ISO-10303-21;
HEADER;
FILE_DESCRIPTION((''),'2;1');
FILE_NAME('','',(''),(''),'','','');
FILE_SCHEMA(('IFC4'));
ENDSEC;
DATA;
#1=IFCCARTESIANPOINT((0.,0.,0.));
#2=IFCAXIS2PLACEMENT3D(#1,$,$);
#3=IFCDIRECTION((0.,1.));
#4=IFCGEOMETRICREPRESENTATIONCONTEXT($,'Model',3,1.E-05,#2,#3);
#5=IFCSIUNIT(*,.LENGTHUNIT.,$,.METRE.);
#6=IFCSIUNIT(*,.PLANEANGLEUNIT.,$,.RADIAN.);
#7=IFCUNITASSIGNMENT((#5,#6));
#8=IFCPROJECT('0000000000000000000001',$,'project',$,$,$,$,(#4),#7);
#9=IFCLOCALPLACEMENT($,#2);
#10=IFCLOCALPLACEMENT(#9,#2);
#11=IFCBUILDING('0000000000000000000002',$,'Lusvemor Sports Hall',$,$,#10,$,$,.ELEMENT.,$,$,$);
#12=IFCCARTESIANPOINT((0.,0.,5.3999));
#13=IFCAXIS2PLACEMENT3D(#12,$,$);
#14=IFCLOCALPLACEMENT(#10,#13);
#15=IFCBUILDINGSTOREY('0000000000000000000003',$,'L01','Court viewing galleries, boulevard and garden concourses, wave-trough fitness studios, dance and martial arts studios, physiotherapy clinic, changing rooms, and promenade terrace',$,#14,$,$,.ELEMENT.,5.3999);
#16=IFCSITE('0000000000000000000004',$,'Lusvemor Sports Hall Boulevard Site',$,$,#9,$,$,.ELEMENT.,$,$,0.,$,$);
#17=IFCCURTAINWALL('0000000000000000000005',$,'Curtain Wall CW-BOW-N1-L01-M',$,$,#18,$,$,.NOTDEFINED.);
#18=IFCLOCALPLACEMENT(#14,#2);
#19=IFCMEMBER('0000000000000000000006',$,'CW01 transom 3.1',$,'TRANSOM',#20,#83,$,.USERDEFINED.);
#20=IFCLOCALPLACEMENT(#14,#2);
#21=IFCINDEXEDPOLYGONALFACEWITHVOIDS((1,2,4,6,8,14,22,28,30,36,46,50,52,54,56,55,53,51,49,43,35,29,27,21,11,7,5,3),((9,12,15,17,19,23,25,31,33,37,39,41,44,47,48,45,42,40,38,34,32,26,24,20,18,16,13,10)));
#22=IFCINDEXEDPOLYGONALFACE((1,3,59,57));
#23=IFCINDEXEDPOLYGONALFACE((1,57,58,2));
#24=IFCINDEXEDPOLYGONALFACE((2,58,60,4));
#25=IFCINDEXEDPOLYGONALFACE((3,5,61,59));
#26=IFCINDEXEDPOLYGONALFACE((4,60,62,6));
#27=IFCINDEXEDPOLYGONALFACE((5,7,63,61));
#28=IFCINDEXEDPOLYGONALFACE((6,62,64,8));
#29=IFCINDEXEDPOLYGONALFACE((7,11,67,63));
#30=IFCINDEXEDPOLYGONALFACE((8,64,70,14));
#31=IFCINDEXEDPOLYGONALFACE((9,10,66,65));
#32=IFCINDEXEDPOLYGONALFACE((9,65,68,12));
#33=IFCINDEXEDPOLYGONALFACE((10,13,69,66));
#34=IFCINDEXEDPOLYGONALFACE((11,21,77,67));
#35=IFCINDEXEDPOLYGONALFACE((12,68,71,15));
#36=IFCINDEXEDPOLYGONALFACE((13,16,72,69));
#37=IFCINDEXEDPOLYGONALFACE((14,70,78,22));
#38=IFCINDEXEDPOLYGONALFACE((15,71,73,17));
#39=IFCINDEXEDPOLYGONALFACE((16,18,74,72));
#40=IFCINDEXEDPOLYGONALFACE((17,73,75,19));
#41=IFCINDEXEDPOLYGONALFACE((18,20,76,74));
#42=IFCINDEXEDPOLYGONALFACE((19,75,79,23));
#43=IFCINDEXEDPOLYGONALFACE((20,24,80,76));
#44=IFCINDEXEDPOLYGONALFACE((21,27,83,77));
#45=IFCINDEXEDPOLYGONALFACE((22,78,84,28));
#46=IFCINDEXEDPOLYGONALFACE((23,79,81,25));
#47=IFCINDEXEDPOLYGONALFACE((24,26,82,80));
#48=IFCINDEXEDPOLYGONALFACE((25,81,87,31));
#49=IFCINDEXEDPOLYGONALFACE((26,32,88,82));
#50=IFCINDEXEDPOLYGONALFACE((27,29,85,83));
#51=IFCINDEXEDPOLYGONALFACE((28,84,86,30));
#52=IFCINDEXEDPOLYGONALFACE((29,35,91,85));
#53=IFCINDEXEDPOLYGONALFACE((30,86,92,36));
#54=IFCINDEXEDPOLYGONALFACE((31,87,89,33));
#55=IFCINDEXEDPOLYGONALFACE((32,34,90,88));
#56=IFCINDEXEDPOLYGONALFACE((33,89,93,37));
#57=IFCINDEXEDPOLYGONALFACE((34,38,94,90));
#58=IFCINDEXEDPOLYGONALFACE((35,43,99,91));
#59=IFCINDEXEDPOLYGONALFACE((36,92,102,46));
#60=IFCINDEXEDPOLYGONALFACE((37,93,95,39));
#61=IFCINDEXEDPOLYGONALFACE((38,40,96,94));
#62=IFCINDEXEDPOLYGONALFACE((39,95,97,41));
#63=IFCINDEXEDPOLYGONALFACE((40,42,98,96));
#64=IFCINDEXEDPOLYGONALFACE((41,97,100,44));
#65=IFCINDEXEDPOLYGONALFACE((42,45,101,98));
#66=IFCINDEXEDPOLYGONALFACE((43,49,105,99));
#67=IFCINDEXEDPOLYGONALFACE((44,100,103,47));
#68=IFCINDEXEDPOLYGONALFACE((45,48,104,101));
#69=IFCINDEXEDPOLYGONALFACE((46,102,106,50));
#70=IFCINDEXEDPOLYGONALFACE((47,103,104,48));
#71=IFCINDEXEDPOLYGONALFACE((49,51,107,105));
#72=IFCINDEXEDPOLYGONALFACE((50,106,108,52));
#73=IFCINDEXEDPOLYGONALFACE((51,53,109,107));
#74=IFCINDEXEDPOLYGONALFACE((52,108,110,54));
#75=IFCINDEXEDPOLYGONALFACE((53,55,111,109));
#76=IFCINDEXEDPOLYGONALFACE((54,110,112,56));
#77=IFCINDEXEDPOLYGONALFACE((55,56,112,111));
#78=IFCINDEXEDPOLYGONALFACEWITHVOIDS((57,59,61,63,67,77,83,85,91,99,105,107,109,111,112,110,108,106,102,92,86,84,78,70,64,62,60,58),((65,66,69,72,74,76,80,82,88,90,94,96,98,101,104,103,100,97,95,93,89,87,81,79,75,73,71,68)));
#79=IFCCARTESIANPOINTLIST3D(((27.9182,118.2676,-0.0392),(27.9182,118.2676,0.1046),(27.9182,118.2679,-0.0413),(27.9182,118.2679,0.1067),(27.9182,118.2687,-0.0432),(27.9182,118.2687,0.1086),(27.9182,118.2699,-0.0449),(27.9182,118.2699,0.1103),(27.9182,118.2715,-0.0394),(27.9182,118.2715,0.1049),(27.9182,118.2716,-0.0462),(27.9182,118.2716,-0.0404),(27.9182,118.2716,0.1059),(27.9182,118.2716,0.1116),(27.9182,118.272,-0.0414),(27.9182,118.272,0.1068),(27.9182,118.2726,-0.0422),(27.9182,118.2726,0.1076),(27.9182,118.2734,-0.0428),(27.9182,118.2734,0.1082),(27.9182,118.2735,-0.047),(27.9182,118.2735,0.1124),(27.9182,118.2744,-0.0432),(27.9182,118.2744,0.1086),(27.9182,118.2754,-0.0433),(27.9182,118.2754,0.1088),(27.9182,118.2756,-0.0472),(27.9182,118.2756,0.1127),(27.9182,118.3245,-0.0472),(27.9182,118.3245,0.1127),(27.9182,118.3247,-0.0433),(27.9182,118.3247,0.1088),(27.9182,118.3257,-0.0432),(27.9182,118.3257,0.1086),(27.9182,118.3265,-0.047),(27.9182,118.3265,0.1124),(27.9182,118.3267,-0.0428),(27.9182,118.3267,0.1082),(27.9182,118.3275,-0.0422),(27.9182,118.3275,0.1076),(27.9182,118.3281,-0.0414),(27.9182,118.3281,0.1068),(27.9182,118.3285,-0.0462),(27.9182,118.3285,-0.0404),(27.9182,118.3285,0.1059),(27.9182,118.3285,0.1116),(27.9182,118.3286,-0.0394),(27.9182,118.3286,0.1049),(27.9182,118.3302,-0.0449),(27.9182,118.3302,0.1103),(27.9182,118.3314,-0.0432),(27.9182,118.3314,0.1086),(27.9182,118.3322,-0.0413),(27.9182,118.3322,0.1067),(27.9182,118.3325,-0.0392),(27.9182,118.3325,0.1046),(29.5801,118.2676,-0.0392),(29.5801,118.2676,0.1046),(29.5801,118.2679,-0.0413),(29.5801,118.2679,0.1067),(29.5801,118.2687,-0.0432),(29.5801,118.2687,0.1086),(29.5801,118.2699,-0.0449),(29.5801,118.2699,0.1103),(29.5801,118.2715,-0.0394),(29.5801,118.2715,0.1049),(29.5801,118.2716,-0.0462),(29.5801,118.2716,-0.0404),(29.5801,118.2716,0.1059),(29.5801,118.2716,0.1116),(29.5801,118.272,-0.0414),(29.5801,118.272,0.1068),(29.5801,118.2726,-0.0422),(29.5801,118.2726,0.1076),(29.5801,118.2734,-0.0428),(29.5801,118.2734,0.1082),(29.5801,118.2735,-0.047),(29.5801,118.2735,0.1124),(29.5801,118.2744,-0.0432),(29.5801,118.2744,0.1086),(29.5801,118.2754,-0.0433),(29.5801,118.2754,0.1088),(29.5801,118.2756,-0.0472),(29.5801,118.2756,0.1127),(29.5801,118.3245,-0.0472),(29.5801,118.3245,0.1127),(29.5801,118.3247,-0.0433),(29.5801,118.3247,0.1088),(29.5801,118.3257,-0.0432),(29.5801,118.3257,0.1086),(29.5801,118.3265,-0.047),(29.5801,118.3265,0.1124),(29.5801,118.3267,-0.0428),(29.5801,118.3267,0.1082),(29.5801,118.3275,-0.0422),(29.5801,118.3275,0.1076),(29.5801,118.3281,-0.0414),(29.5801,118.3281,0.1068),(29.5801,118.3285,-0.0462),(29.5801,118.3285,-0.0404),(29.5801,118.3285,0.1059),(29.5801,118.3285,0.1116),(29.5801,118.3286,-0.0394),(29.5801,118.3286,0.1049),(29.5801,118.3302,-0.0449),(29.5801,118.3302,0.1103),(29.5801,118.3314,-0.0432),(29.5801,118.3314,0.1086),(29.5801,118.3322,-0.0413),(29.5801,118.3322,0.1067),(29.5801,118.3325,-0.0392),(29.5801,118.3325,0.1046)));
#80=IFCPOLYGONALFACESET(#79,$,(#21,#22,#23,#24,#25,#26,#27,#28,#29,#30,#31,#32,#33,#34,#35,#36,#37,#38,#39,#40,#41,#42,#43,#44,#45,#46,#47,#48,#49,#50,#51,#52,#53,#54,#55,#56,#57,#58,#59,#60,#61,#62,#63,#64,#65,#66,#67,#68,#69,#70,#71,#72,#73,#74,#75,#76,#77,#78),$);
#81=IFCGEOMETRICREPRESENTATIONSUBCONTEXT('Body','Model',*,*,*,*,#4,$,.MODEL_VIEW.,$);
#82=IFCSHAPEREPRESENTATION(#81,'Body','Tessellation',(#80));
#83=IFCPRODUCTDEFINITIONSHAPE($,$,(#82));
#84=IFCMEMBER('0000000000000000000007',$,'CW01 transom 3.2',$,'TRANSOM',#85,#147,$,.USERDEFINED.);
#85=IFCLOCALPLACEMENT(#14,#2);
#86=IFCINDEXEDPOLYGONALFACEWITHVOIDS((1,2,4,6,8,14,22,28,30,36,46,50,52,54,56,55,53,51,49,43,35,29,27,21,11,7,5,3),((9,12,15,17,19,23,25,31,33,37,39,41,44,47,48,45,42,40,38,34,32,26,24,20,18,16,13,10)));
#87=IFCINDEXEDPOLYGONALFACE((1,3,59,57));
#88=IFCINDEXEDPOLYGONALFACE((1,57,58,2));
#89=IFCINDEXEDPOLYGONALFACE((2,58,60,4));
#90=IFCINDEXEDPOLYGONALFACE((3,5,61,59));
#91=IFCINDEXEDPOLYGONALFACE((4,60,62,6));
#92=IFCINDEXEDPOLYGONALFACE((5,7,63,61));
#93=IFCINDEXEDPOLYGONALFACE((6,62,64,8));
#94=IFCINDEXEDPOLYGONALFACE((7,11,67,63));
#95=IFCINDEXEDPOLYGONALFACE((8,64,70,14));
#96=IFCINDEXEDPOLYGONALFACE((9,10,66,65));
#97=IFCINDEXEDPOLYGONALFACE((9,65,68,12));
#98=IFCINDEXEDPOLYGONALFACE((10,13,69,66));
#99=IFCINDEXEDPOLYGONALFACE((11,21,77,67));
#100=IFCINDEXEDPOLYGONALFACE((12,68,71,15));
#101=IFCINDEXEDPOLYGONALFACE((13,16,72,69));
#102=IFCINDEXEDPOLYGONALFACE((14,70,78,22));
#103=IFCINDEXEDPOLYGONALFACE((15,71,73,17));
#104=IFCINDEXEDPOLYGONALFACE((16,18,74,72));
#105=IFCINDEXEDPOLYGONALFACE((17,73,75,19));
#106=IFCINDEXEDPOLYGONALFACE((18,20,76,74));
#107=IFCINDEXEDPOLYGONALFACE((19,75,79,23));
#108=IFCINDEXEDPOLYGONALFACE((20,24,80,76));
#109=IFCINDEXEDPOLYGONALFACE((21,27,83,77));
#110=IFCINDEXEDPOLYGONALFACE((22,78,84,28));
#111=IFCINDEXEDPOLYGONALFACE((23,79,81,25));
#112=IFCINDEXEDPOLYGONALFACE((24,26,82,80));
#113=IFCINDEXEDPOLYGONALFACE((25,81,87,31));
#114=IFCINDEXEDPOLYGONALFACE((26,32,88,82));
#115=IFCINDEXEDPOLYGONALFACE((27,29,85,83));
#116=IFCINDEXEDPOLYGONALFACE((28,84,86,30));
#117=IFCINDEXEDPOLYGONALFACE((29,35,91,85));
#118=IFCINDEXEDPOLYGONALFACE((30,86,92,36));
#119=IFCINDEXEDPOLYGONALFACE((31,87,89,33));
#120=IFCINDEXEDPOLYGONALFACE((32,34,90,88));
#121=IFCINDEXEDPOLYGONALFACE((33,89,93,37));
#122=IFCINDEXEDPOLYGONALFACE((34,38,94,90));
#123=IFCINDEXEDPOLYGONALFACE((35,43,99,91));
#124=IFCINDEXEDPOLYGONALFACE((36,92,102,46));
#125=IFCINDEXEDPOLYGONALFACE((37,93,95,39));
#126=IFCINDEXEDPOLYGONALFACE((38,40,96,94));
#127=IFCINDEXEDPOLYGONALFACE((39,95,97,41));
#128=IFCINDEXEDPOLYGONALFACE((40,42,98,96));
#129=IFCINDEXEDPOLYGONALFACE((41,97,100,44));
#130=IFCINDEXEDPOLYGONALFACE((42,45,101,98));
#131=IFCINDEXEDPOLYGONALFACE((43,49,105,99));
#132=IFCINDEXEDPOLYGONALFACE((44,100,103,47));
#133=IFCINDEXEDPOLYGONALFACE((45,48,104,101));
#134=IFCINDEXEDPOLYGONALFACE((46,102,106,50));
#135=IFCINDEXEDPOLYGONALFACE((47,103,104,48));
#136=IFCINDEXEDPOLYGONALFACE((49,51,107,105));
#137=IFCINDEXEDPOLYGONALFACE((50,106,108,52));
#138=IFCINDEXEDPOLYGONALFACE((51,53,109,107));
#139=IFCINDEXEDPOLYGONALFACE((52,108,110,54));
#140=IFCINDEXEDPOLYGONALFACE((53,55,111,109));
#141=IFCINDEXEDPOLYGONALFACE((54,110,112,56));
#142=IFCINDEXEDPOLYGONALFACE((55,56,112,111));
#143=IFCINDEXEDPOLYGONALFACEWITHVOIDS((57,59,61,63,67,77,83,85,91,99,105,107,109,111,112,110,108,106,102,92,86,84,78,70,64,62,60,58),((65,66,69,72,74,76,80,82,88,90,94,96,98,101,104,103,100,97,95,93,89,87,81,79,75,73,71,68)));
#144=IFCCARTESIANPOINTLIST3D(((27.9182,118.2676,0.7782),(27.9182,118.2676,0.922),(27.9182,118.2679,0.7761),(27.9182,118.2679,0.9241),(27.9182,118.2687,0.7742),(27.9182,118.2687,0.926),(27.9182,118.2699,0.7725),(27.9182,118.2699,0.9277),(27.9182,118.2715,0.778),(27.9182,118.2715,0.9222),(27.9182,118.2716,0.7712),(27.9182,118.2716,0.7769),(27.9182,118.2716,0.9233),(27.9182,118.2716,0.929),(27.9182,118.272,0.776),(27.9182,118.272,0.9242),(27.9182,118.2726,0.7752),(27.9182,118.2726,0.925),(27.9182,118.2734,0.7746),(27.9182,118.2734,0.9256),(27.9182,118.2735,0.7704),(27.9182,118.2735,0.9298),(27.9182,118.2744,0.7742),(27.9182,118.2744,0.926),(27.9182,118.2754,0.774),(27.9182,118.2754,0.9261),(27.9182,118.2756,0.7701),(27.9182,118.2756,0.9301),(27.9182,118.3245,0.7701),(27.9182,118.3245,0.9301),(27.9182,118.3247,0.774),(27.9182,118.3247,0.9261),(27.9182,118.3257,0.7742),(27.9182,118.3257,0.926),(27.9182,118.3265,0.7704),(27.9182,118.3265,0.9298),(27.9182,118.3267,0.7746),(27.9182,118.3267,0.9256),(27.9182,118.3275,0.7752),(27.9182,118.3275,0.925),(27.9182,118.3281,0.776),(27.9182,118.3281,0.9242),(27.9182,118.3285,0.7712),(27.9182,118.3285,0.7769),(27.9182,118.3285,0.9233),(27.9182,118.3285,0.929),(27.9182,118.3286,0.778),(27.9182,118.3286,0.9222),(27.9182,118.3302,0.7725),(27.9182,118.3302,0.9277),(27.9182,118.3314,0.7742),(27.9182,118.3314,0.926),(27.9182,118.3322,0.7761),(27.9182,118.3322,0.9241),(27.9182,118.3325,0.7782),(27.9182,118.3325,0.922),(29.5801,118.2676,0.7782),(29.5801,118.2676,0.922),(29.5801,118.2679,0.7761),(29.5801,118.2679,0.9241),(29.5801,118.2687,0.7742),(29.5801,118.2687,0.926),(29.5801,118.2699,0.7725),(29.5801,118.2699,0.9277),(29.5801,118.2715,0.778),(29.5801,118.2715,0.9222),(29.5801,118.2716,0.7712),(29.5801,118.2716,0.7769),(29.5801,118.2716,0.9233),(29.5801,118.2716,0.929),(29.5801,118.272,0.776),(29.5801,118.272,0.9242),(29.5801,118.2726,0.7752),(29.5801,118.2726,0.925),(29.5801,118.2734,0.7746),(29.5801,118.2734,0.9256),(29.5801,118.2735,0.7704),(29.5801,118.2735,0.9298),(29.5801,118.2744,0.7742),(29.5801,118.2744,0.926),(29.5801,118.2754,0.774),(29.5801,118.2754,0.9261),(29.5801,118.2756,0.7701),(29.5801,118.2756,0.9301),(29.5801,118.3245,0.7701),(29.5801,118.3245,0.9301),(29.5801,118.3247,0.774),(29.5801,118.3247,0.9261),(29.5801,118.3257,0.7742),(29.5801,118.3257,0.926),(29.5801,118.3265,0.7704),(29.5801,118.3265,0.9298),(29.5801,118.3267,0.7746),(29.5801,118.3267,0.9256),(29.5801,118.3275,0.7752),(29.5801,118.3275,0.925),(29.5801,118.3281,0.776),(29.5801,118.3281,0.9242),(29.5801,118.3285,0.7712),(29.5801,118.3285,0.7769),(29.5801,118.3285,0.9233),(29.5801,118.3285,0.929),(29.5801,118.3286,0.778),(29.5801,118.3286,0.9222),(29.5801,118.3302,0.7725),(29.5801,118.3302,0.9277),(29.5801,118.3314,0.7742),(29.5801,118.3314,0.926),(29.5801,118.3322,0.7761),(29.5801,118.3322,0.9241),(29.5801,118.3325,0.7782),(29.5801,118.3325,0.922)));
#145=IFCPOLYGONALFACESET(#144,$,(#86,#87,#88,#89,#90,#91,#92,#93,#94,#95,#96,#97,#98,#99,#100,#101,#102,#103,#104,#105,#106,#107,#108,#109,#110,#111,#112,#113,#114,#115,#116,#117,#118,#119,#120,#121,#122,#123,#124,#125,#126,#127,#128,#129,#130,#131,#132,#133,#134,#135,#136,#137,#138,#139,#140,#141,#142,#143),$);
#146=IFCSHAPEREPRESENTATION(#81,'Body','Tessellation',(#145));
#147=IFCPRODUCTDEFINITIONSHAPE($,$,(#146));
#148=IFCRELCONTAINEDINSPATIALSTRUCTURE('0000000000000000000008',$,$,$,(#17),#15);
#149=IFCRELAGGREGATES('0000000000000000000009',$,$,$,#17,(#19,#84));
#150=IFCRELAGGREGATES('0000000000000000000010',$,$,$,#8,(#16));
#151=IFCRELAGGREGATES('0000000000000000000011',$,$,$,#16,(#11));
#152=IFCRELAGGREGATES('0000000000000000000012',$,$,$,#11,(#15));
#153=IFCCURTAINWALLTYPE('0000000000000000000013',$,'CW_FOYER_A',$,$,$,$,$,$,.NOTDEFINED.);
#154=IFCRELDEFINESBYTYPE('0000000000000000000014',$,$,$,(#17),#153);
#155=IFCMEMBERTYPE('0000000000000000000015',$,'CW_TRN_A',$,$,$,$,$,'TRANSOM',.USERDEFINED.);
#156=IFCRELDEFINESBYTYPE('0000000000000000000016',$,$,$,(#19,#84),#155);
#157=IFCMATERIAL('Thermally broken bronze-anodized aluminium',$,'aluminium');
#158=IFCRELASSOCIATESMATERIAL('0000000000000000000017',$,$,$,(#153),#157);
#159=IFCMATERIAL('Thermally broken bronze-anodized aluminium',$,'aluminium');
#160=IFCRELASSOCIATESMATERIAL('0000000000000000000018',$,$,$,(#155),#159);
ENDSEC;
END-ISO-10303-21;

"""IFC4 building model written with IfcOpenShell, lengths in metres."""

from ifc_helpers import new_model, si_unit, direction, frame, origin, origin_2d, place, context, subcontext, project, spatial, hollow_rectangle, extrude, material, material_profile, profile_set, type_object, element, aggregate, save


model = new_model("IFC4")

# Units and contexts
model_context = context("Model", 3, precision=1e-05, world=origin(), true_north=direction((0.0, 1.0)))
body_context = subcontext(model_context, "Body", "Model", "MODEL_VIEW")
ifc_project = project(units=[si_unit("LENGTHUNIT", "METRE"), si_unit("PLANEANGLEUNIT", "RADIAN")], contexts=[model_context])

# Site, building, storey
site_placement = place(None, origin())
site = spatial("IfcSite", under=ifc_project, at=site_placement, Name="Lusvemor Sports Hall Boulevard Site", CompositionType="ELEMENT", RefElevation=0.0)
building_placement = place(site_placement, origin())
building = spatial("IfcBuilding", under=site, at=building_placement, Name="Lusvemor Sports Hall", CompositionType="ELEMENT")
storey_placement = place(building_placement, frame((0.0, 0.0, 5.3999)))
storey = spatial("IfcBuildingStorey", under=building, at=storey_placement, Name="L01", Description="Court viewing galleries, boulevard and garden concourses, wave-trough fitness studios, dance and martial arts studios, physiotherapy clinic, changing rooms, and promenade terrace", CompositionType="ELEMENT", Elevation=5.3999)

# Curtain wall
ifc_material_1 = material(Name="Thermally broken bronze-anodized aluminium", Category="aluminium")
curtain_wall_type_1 = type_object("IfcCurtainWallType", Name="CW_FOYER_A", PredefinedType="NOTDEFINED", material=ifc_material_1)
curtain_wall_1_placement = place(storey_placement, origin())
curtain_wall_1 = element("IfcCurtainWall", 1, at=curtain_wall_1_placement, inside=storey, type_object=curtain_wall_type_1, Name="Curtain Wall CW-BOW-N1-L01-M", PredefinedType="NOTDEFINED")

# Members
ifc_material_2 = material(Name="Thermally broken bronze-anodized aluminium", Category="aluminium")
ifc_material_profile_1 = material_profile(ifc_material_2, hollow_rectangle(XDim=0.0649, YDim=0.1599, WallThickness=0.0039, InnerFilletRadius=0.0039, OuterFilletRadius=0.0081, at=origin_2d()), Name="CWTRN160x65x4")
ifc_profile_set_1 = profile_set([ifc_material_profile_1], Name="Thermally broken bronze-anodized aluminium")
member_type_1 = type_object("IfcMemberType", Name="CW_TRN_A", ElementType="TRANSOM", PredefinedType="USERDEFINED", material=ifc_profile_set_1)
member_1_placement = place(storey_placement, frame((27.9182, 118.3, 0.0327), z_axis=(1.0, 0.0, 0.0), x_axis=(0.0, 1.0, 0.0)))
member_1 = element("IfcMember", 2, at=member_1_placement, type_object=member_type_1, Name="CW01 transom 3.1", ObjectType="TRANSOM", PredefinedType="USERDEFINED", context=body_context, shape_type="SweptSolid", body=[
    extrude(hollow_rectangle(XDim=0.0649, YDim=0.1599, WallThickness=0.0039, InnerFilletRadius=0.0039, OuterFilletRadius=0.0081, at=origin_2d()), origin(), (0.0, 0.0, 1.0), 1.6619),
])
member_2_placement = place(storey_placement, frame((27.9182, 118.3, 0.8501), z_axis=(1.0, 0.0, 0.0), x_axis=(0.0, 1.0, 0.0)))
member_2 = element("IfcMember", 3, at=member_2_placement, type_object=member_type_1, Name="CW01 transom 3.2", ObjectType="TRANSOM", PredefinedType="USERDEFINED", context=body_context, shape_type="SweptSolid", body=[
    extrude(hollow_rectangle(XDim=0.0649, YDim=0.1599, WallThickness=0.0039, InnerFilletRadius=0.0039, OuterFilletRadius=0.0081, at=origin_2d()), origin(), (0.0, 0.0, 1.0), 1.6619),
])

aggregate(curtain_wall_1, [member_1, member_2])

save(model, "model.ifc")
